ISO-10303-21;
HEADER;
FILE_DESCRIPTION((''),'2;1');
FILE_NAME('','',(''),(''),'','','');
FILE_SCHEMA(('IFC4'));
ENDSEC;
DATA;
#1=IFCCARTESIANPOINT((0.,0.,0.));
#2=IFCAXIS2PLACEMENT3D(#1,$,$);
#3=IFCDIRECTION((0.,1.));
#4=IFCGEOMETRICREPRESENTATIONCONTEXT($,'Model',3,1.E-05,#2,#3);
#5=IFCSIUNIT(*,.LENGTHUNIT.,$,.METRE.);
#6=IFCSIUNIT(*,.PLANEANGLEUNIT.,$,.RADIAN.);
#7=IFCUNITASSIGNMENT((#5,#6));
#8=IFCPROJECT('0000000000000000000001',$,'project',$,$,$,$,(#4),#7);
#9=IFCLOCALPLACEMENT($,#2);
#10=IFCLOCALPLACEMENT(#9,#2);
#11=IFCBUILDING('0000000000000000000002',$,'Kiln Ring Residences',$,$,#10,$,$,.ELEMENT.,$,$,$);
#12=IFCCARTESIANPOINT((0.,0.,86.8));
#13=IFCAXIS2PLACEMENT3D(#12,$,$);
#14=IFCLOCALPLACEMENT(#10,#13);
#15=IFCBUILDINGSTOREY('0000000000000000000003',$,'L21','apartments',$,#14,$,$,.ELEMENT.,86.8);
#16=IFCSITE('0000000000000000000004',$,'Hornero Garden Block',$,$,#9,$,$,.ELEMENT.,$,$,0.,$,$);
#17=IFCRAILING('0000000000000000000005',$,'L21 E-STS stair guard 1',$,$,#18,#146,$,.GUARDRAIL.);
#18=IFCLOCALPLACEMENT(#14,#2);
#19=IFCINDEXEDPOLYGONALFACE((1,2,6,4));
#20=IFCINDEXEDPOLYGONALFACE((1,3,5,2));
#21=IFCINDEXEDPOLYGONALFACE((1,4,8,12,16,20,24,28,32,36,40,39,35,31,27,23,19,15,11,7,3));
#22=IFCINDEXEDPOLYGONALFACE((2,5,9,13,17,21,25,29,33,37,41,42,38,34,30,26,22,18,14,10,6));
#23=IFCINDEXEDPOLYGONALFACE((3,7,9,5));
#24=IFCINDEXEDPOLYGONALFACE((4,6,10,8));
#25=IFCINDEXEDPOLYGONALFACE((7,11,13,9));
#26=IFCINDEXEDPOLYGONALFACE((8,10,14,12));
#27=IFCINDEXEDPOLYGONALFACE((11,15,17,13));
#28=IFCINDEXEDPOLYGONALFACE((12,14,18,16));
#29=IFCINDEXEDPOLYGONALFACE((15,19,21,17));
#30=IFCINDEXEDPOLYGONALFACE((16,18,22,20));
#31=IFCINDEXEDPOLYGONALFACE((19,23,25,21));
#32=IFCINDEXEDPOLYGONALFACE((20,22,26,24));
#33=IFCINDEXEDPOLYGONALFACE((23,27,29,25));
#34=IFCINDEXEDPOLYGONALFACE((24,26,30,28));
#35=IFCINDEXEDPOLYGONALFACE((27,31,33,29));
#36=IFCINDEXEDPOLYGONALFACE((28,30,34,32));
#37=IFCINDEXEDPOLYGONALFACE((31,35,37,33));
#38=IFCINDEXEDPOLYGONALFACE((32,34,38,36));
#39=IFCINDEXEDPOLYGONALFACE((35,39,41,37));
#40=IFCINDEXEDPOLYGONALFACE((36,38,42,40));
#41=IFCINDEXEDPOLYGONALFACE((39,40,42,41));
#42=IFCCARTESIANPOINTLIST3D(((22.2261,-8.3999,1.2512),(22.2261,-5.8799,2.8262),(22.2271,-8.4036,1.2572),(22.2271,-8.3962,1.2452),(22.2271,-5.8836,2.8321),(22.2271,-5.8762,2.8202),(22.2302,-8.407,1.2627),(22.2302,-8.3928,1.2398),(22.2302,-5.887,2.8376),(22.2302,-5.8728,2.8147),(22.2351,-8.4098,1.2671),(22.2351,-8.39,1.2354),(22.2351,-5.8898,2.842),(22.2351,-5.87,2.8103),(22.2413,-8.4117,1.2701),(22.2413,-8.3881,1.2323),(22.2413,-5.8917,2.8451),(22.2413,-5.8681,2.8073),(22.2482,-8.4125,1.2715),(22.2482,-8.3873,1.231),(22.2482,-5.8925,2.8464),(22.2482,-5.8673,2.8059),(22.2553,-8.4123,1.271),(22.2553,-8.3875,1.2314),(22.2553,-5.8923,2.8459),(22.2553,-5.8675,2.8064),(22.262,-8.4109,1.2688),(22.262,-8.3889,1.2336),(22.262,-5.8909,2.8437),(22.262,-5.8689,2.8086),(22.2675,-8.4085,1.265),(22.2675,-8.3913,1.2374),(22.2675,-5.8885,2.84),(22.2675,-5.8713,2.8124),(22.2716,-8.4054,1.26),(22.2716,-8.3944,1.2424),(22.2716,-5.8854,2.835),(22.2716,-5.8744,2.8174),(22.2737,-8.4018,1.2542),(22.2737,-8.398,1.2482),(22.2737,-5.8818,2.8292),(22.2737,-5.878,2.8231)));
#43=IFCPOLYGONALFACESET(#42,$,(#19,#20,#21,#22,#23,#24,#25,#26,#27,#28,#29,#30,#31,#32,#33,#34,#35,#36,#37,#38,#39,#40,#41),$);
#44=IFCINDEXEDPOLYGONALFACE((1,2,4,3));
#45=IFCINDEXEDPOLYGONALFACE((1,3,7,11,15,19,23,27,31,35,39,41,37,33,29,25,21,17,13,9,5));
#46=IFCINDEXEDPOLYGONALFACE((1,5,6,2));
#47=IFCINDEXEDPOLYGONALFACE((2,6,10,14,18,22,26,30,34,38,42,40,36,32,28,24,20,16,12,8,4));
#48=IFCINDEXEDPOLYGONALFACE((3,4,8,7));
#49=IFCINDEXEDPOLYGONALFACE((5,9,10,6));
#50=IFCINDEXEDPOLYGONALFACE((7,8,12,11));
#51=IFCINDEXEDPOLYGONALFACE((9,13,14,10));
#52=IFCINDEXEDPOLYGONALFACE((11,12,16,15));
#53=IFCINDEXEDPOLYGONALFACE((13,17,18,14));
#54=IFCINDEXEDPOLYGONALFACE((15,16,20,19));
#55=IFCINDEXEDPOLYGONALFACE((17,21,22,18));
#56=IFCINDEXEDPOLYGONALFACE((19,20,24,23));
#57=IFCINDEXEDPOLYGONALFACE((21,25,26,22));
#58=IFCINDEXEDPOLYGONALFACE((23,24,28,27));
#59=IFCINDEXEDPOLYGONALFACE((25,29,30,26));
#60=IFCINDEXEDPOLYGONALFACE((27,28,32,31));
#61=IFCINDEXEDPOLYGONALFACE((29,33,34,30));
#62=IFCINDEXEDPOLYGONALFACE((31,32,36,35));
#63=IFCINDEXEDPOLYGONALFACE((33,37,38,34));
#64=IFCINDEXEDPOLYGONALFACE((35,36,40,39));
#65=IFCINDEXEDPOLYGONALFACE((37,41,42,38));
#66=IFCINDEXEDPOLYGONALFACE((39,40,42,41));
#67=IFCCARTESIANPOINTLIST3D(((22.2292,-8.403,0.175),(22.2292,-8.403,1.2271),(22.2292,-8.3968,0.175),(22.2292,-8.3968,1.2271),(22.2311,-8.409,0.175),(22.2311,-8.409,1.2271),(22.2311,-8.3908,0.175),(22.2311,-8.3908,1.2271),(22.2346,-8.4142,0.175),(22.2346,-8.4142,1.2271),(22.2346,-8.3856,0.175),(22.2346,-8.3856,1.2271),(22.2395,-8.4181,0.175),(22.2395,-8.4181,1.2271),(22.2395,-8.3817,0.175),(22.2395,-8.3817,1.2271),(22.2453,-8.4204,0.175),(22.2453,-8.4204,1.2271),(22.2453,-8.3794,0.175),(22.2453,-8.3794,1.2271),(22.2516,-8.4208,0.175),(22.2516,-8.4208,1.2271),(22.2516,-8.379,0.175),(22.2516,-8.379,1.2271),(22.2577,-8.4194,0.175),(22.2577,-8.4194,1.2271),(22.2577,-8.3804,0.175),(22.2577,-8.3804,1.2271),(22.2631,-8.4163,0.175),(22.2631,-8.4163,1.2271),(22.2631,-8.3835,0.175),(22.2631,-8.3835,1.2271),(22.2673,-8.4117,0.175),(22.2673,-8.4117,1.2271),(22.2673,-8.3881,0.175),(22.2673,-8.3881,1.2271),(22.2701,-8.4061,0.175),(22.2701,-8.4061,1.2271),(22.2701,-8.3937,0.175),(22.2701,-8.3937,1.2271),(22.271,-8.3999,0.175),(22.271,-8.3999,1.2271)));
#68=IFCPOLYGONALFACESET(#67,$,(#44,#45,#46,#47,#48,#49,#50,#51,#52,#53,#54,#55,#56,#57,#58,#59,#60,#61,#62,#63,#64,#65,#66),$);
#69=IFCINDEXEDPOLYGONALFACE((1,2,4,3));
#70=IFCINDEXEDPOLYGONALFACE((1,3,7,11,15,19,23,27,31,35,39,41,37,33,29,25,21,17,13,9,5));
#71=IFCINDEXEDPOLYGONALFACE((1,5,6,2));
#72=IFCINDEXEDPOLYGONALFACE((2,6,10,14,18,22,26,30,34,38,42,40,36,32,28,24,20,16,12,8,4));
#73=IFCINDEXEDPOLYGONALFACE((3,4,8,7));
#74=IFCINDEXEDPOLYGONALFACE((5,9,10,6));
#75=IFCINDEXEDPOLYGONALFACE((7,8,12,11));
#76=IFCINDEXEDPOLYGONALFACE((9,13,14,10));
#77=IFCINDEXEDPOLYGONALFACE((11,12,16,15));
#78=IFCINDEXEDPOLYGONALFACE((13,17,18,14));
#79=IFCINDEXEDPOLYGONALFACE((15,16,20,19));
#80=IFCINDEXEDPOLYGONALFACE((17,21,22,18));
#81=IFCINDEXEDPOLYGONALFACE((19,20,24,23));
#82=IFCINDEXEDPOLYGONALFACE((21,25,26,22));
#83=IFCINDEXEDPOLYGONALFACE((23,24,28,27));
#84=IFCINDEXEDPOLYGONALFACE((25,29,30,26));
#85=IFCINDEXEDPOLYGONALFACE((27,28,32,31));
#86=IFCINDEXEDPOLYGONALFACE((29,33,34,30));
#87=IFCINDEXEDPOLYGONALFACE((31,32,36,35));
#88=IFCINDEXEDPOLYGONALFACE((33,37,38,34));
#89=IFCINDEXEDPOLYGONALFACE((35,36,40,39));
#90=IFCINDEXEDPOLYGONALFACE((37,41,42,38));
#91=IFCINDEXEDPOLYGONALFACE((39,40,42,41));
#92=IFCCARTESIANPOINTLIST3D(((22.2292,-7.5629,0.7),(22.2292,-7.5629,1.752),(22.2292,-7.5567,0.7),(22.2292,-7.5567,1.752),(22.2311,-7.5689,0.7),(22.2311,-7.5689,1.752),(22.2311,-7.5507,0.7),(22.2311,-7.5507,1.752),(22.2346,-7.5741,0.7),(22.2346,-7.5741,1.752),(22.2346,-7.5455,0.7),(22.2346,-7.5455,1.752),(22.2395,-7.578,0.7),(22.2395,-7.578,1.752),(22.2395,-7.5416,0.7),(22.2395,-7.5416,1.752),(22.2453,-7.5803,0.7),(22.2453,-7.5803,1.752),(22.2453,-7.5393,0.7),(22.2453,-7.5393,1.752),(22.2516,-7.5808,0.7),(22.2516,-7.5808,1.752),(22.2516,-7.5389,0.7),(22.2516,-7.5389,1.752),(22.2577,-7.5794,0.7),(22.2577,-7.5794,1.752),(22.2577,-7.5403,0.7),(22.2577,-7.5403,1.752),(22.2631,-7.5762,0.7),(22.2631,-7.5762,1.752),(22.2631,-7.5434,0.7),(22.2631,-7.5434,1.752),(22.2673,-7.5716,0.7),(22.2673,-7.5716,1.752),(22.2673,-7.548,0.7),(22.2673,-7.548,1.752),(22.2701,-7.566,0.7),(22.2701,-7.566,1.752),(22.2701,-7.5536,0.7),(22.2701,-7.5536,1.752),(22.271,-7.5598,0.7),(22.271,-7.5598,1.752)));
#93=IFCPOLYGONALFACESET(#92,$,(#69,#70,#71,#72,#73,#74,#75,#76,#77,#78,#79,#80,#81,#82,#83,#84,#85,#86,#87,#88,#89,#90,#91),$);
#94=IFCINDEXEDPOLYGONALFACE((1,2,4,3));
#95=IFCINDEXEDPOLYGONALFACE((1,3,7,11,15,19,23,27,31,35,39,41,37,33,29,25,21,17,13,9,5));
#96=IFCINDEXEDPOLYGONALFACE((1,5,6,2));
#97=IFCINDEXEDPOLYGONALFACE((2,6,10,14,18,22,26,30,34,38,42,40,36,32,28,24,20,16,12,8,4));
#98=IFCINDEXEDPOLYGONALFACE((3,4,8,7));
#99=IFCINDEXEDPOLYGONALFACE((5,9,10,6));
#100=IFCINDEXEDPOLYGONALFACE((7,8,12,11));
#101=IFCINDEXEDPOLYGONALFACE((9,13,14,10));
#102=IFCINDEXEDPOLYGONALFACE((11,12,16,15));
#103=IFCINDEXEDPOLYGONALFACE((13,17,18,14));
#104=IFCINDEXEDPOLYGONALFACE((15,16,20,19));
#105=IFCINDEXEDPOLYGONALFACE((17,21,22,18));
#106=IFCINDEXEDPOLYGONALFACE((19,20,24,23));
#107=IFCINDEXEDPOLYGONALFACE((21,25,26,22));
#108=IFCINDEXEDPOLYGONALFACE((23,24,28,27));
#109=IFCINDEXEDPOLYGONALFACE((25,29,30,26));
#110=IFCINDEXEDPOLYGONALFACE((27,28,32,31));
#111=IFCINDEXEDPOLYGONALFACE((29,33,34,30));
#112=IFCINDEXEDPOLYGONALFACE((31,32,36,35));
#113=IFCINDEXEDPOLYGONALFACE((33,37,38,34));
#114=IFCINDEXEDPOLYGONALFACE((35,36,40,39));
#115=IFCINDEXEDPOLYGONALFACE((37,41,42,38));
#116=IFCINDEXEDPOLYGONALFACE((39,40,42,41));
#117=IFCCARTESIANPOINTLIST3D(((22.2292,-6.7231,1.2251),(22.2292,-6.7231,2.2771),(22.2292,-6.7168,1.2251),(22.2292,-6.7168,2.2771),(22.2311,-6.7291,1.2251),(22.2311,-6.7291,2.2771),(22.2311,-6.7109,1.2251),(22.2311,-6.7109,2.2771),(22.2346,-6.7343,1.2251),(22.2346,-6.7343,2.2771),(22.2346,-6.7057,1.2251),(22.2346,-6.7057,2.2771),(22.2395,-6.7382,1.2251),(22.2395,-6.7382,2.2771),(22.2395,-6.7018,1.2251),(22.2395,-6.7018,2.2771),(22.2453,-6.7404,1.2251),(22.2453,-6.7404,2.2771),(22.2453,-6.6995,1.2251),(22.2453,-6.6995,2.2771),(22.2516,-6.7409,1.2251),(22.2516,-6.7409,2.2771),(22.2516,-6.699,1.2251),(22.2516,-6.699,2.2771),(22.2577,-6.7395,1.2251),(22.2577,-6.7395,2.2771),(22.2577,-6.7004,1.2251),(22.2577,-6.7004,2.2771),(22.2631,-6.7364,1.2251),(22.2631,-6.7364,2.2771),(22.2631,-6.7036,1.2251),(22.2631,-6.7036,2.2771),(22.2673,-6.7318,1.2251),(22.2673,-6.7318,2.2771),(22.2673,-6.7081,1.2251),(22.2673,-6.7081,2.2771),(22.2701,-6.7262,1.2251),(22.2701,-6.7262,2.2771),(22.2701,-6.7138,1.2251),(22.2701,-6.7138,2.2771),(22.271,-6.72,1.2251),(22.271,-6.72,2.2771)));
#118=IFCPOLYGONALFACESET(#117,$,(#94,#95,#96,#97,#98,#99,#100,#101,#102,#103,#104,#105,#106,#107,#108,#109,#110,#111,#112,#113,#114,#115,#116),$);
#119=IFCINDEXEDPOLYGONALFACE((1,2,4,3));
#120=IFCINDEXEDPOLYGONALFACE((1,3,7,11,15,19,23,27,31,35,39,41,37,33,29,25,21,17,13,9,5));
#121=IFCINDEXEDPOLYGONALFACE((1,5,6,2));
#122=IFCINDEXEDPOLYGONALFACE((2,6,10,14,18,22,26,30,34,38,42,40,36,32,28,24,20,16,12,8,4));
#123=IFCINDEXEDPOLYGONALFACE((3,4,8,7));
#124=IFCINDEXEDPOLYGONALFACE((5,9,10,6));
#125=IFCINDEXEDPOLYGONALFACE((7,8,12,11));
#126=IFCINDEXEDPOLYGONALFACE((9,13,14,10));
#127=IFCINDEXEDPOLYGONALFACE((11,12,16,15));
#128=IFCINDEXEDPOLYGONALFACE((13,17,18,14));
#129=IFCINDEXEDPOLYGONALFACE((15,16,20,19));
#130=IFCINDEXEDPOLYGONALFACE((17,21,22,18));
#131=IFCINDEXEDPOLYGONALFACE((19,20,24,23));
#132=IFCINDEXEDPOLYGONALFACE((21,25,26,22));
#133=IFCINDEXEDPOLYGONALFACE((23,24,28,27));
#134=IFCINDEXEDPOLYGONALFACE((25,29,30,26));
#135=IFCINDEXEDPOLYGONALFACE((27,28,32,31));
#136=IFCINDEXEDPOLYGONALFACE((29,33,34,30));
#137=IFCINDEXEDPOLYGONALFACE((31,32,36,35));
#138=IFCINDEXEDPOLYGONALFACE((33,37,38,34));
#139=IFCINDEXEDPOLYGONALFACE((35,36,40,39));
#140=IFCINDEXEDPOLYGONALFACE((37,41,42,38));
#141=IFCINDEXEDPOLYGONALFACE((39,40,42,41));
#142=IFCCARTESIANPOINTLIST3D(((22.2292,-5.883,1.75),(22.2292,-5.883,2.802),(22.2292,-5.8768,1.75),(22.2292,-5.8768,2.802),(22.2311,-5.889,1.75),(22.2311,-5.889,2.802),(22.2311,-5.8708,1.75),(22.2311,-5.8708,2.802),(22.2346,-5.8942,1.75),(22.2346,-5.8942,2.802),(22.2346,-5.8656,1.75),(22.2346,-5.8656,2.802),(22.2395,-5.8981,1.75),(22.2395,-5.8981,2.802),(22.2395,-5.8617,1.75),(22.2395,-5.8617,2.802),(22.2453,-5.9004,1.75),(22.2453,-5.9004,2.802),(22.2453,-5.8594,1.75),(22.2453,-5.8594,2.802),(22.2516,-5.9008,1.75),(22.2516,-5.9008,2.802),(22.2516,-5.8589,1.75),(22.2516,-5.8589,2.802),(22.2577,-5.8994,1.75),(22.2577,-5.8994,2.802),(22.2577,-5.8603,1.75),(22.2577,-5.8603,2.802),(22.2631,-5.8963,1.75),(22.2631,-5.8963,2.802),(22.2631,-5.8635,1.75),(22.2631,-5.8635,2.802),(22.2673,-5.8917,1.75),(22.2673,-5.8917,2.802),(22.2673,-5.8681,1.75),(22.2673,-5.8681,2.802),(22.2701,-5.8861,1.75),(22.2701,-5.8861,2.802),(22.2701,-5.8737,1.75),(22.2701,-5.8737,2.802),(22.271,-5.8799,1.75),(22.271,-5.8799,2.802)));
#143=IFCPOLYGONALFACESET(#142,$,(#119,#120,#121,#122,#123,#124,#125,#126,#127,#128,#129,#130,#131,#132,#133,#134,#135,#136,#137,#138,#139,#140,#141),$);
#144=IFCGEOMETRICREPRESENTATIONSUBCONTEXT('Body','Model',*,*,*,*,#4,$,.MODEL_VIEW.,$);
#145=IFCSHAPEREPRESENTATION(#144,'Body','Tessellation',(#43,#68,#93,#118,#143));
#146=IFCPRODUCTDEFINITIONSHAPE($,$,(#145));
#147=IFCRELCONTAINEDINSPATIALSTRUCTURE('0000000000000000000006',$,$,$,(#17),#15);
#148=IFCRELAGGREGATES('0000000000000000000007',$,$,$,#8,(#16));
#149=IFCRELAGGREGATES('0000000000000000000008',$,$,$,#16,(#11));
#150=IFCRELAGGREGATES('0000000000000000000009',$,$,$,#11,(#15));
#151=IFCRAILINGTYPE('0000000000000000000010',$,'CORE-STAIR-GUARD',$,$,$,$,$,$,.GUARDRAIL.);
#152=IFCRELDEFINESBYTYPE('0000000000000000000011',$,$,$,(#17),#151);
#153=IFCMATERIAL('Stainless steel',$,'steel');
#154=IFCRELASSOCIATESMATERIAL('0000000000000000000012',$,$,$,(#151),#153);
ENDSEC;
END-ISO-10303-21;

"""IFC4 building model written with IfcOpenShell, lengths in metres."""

from ifc_helpers import new_model, si_unit, direction, frame, origin, origin_2d, place, context, subcontext, project, spatial, circle, extrude, material, type_object, element, save


model = new_model("IFC4")

# Units and contexts
model_context = context("Model", 3, precision=1e-05, world=origin(), true_north=direction((0.0, 1.0)))
body_context = subcontext(model_context, "Body", "Model", "MODEL_VIEW")
ifc_project = project(units=[si_unit("LENGTHUNIT", "METRE"), si_unit("PLANEANGLEUNIT", "RADIAN")], contexts=[model_context])

# Site, building, storey
site_placement = place(None, origin())
site = spatial("IfcSite", under=ifc_project, at=site_placement, Name="Hornero Garden Block", CompositionType="ELEMENT", RefElevation=0.0)
building_placement = place(site_placement, origin())
building = spatial("IfcBuilding", under=site, at=building_placement, Name="Kiln Ring Residences", CompositionType="ELEMENT")
storey_placement = place(building_placement, frame((0.0, 0.0, 86.8)))
storey = spatial("IfcBuildingStorey", under=building, at=storey_placement, Name="L21", Description="apartments", CompositionType="ELEMENT", Elevation=86.8)

# Railing
ifc_material_1 = material(Name="Stainless steel", Category="steel")
railing_type_1 = type_object("IfcRailingType", Name="CORE-STAIR-GUARD", PredefinedType="GUARDRAIL", material=ifc_material_1)
railing_1_placement = place(storey_placement, frame((22.25, -8.3999, 0.175)))
element("IfcRailing", 1, at=railing_1_placement, inside=storey, type_object=railing_type_1, Name="L21 E-STS stair guard 1", PredefinedType="GUARDRAIL", context=body_context, shape_type="SweptSolid", body=[
    extrude(circle(Radius=0.0239, at=origin_2d()), frame((0.0, 0.0, 1.0762), z_axis=(0.0, 0.848008, 0.529984), x_axis=(-1.0, 0.0, 0.0)), (0.0, 0.0, 1.0), 2.9717),
    extrude(circle(Radius=0.021, at=origin_2d()), origin(), (0.0, 0.0, 1.0), 1.052),
    extrude(circle(Radius=0.021, at=origin_2d()), frame((0.0, 0.8401, 0.5249)), (0.0, 0.0, 1.0), 1.052),
    extrude(circle(Radius=0.021, at=origin_2d()), frame((0.0, 1.6799, 1.05)), (0.0, 0.0, 1.0), 1.052),
    extrude(circle(Radius=0.021, at=origin_2d()), frame((0.0, 2.52, 1.575)), (0.0, 0.0, 1.0), 1.052),
])

save(model, "model.ifc")
